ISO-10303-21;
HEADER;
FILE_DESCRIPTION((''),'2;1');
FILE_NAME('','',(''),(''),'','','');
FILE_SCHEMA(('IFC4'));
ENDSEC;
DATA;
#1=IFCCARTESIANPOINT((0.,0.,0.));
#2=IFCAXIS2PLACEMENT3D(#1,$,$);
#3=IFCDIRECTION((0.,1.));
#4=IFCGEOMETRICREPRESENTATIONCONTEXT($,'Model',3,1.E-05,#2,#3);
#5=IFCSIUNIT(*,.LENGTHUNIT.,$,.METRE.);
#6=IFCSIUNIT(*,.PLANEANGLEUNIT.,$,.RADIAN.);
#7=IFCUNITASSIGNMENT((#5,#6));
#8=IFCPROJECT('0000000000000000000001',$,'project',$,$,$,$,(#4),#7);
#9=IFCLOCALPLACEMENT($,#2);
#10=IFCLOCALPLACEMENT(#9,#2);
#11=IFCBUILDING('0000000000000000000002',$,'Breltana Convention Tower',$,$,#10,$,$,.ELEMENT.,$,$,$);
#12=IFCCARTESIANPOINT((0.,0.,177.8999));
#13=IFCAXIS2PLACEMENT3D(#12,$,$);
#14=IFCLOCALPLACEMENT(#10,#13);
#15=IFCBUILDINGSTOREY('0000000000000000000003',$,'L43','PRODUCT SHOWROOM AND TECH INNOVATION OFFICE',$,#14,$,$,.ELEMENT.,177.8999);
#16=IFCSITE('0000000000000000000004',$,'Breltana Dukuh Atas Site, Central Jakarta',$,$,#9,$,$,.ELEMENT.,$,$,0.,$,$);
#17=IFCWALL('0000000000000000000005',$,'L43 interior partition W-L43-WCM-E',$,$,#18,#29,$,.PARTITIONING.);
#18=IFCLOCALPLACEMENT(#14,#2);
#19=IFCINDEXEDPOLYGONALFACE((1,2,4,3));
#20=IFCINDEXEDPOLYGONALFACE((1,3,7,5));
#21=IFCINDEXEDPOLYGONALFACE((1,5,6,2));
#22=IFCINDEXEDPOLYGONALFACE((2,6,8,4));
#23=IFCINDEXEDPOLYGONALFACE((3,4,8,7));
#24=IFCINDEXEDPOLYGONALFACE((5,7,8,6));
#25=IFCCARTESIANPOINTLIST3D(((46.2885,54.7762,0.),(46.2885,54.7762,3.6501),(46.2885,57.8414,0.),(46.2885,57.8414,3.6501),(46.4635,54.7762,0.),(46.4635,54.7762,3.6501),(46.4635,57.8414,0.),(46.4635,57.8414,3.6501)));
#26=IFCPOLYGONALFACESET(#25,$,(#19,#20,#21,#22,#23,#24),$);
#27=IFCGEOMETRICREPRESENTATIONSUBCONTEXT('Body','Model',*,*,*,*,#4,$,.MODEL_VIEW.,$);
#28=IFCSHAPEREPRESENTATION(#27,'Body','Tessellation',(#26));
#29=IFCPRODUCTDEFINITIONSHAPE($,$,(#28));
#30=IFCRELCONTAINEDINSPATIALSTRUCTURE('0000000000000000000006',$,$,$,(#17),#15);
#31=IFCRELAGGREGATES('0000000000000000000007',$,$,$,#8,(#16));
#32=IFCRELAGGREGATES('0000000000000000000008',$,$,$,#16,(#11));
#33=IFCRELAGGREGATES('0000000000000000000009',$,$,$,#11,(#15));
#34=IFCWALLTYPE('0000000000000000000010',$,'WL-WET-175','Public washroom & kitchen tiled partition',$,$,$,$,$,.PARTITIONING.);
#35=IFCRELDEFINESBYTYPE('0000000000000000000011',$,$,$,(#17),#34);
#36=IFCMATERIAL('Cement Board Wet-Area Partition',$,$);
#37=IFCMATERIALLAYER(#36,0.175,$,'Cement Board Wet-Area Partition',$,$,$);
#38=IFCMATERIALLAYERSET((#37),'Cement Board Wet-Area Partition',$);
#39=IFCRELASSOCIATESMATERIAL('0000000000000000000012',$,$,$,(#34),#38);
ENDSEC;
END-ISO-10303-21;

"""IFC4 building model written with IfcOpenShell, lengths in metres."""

from ifc_helpers import new_model, si_unit, direction, frame, frame_2d, origin, place, context, subcontext, project, spatial, rectangle, extrude, source, transform, mapped, material, layer, layer_set, type_object, element, save


model = new_model("IFC4")

# Units and contexts
model_context = context("Model", 3, precision=1e-05, world=origin(), true_north=direction((0.0, 1.0)))
body_context = subcontext(model_context, "Body", "Model", "MODEL_VIEW")
ifc_project = project(units=[si_unit("LENGTHUNIT", "METRE"), si_unit("PLANEANGLEUNIT", "RADIAN")], contexts=[model_context])

# Site, building, storey
site_placement = place(None, origin())
site = spatial("IfcSite", under=ifc_project, at=site_placement, Name="Breltana Dukuh Atas Site, Central Jakarta", CompositionType="ELEMENT", RefElevation=0.0)
building_placement = place(site_placement, origin())
building = spatial("IfcBuilding", under=site, at=building_placement, Name="Breltana Convention Tower", CompositionType="ELEMENT")
storey_placement = place(building_placement, frame((0.0, 0.0, 177.8999)))
storey = spatial("IfcBuildingStorey", under=building, at=storey_placement, Name="L43", Description="PRODUCT SHOWROOM AND TECH INNOVATION OFFICE", CompositionType="ELEMENT", Elevation=177.8999)

# Wall
ifc_material_1 = material(Name="Cement Board Wet-Area Partition")
ifc_layer_1 = layer(ifc_material_1, 0.175, Name="Cement Board Wet-Area Partition")
ifc_layer_set_1 = layer_set([ifc_layer_1], Name="Cement Board Wet-Area Partition")
wall_type_1 = type_object("IfcWallType", Name="WL-WET-175", Description="Public washroom & kitchen tiled partition", PredefinedType="PARTITIONING", material=ifc_layer_set_1)
shared_shape_1 = source(origin(), body_context, "Body", "SweptSolid", [
    extrude(rectangle(XDim=3.0652, YDim=0.175, at=frame_2d((1.5327, 0.0))), origin(), (0.0, 0.0, 1.0), 3.6501),
])
wall_1_placement = place(storey_placement, frame((46.376, 54.7761, 0.0), z_axis=(0.0, 0.0, 1.0), x_axis=(0.0, 1.0, 0.0)))
element("IfcWall", 1, at=wall_1_placement, inside=storey, type_object=wall_type_1, Name="L43 interior partition W-L43-WCM-E", PredefinedType="PARTITIONING", context=body_context, shape_type="MappedRepresentation", body=[
    mapped(shared_shape_1, transform((0.0, 0.0, 0.0), scale=1.0)),
])

save(model, "model.ifc")
